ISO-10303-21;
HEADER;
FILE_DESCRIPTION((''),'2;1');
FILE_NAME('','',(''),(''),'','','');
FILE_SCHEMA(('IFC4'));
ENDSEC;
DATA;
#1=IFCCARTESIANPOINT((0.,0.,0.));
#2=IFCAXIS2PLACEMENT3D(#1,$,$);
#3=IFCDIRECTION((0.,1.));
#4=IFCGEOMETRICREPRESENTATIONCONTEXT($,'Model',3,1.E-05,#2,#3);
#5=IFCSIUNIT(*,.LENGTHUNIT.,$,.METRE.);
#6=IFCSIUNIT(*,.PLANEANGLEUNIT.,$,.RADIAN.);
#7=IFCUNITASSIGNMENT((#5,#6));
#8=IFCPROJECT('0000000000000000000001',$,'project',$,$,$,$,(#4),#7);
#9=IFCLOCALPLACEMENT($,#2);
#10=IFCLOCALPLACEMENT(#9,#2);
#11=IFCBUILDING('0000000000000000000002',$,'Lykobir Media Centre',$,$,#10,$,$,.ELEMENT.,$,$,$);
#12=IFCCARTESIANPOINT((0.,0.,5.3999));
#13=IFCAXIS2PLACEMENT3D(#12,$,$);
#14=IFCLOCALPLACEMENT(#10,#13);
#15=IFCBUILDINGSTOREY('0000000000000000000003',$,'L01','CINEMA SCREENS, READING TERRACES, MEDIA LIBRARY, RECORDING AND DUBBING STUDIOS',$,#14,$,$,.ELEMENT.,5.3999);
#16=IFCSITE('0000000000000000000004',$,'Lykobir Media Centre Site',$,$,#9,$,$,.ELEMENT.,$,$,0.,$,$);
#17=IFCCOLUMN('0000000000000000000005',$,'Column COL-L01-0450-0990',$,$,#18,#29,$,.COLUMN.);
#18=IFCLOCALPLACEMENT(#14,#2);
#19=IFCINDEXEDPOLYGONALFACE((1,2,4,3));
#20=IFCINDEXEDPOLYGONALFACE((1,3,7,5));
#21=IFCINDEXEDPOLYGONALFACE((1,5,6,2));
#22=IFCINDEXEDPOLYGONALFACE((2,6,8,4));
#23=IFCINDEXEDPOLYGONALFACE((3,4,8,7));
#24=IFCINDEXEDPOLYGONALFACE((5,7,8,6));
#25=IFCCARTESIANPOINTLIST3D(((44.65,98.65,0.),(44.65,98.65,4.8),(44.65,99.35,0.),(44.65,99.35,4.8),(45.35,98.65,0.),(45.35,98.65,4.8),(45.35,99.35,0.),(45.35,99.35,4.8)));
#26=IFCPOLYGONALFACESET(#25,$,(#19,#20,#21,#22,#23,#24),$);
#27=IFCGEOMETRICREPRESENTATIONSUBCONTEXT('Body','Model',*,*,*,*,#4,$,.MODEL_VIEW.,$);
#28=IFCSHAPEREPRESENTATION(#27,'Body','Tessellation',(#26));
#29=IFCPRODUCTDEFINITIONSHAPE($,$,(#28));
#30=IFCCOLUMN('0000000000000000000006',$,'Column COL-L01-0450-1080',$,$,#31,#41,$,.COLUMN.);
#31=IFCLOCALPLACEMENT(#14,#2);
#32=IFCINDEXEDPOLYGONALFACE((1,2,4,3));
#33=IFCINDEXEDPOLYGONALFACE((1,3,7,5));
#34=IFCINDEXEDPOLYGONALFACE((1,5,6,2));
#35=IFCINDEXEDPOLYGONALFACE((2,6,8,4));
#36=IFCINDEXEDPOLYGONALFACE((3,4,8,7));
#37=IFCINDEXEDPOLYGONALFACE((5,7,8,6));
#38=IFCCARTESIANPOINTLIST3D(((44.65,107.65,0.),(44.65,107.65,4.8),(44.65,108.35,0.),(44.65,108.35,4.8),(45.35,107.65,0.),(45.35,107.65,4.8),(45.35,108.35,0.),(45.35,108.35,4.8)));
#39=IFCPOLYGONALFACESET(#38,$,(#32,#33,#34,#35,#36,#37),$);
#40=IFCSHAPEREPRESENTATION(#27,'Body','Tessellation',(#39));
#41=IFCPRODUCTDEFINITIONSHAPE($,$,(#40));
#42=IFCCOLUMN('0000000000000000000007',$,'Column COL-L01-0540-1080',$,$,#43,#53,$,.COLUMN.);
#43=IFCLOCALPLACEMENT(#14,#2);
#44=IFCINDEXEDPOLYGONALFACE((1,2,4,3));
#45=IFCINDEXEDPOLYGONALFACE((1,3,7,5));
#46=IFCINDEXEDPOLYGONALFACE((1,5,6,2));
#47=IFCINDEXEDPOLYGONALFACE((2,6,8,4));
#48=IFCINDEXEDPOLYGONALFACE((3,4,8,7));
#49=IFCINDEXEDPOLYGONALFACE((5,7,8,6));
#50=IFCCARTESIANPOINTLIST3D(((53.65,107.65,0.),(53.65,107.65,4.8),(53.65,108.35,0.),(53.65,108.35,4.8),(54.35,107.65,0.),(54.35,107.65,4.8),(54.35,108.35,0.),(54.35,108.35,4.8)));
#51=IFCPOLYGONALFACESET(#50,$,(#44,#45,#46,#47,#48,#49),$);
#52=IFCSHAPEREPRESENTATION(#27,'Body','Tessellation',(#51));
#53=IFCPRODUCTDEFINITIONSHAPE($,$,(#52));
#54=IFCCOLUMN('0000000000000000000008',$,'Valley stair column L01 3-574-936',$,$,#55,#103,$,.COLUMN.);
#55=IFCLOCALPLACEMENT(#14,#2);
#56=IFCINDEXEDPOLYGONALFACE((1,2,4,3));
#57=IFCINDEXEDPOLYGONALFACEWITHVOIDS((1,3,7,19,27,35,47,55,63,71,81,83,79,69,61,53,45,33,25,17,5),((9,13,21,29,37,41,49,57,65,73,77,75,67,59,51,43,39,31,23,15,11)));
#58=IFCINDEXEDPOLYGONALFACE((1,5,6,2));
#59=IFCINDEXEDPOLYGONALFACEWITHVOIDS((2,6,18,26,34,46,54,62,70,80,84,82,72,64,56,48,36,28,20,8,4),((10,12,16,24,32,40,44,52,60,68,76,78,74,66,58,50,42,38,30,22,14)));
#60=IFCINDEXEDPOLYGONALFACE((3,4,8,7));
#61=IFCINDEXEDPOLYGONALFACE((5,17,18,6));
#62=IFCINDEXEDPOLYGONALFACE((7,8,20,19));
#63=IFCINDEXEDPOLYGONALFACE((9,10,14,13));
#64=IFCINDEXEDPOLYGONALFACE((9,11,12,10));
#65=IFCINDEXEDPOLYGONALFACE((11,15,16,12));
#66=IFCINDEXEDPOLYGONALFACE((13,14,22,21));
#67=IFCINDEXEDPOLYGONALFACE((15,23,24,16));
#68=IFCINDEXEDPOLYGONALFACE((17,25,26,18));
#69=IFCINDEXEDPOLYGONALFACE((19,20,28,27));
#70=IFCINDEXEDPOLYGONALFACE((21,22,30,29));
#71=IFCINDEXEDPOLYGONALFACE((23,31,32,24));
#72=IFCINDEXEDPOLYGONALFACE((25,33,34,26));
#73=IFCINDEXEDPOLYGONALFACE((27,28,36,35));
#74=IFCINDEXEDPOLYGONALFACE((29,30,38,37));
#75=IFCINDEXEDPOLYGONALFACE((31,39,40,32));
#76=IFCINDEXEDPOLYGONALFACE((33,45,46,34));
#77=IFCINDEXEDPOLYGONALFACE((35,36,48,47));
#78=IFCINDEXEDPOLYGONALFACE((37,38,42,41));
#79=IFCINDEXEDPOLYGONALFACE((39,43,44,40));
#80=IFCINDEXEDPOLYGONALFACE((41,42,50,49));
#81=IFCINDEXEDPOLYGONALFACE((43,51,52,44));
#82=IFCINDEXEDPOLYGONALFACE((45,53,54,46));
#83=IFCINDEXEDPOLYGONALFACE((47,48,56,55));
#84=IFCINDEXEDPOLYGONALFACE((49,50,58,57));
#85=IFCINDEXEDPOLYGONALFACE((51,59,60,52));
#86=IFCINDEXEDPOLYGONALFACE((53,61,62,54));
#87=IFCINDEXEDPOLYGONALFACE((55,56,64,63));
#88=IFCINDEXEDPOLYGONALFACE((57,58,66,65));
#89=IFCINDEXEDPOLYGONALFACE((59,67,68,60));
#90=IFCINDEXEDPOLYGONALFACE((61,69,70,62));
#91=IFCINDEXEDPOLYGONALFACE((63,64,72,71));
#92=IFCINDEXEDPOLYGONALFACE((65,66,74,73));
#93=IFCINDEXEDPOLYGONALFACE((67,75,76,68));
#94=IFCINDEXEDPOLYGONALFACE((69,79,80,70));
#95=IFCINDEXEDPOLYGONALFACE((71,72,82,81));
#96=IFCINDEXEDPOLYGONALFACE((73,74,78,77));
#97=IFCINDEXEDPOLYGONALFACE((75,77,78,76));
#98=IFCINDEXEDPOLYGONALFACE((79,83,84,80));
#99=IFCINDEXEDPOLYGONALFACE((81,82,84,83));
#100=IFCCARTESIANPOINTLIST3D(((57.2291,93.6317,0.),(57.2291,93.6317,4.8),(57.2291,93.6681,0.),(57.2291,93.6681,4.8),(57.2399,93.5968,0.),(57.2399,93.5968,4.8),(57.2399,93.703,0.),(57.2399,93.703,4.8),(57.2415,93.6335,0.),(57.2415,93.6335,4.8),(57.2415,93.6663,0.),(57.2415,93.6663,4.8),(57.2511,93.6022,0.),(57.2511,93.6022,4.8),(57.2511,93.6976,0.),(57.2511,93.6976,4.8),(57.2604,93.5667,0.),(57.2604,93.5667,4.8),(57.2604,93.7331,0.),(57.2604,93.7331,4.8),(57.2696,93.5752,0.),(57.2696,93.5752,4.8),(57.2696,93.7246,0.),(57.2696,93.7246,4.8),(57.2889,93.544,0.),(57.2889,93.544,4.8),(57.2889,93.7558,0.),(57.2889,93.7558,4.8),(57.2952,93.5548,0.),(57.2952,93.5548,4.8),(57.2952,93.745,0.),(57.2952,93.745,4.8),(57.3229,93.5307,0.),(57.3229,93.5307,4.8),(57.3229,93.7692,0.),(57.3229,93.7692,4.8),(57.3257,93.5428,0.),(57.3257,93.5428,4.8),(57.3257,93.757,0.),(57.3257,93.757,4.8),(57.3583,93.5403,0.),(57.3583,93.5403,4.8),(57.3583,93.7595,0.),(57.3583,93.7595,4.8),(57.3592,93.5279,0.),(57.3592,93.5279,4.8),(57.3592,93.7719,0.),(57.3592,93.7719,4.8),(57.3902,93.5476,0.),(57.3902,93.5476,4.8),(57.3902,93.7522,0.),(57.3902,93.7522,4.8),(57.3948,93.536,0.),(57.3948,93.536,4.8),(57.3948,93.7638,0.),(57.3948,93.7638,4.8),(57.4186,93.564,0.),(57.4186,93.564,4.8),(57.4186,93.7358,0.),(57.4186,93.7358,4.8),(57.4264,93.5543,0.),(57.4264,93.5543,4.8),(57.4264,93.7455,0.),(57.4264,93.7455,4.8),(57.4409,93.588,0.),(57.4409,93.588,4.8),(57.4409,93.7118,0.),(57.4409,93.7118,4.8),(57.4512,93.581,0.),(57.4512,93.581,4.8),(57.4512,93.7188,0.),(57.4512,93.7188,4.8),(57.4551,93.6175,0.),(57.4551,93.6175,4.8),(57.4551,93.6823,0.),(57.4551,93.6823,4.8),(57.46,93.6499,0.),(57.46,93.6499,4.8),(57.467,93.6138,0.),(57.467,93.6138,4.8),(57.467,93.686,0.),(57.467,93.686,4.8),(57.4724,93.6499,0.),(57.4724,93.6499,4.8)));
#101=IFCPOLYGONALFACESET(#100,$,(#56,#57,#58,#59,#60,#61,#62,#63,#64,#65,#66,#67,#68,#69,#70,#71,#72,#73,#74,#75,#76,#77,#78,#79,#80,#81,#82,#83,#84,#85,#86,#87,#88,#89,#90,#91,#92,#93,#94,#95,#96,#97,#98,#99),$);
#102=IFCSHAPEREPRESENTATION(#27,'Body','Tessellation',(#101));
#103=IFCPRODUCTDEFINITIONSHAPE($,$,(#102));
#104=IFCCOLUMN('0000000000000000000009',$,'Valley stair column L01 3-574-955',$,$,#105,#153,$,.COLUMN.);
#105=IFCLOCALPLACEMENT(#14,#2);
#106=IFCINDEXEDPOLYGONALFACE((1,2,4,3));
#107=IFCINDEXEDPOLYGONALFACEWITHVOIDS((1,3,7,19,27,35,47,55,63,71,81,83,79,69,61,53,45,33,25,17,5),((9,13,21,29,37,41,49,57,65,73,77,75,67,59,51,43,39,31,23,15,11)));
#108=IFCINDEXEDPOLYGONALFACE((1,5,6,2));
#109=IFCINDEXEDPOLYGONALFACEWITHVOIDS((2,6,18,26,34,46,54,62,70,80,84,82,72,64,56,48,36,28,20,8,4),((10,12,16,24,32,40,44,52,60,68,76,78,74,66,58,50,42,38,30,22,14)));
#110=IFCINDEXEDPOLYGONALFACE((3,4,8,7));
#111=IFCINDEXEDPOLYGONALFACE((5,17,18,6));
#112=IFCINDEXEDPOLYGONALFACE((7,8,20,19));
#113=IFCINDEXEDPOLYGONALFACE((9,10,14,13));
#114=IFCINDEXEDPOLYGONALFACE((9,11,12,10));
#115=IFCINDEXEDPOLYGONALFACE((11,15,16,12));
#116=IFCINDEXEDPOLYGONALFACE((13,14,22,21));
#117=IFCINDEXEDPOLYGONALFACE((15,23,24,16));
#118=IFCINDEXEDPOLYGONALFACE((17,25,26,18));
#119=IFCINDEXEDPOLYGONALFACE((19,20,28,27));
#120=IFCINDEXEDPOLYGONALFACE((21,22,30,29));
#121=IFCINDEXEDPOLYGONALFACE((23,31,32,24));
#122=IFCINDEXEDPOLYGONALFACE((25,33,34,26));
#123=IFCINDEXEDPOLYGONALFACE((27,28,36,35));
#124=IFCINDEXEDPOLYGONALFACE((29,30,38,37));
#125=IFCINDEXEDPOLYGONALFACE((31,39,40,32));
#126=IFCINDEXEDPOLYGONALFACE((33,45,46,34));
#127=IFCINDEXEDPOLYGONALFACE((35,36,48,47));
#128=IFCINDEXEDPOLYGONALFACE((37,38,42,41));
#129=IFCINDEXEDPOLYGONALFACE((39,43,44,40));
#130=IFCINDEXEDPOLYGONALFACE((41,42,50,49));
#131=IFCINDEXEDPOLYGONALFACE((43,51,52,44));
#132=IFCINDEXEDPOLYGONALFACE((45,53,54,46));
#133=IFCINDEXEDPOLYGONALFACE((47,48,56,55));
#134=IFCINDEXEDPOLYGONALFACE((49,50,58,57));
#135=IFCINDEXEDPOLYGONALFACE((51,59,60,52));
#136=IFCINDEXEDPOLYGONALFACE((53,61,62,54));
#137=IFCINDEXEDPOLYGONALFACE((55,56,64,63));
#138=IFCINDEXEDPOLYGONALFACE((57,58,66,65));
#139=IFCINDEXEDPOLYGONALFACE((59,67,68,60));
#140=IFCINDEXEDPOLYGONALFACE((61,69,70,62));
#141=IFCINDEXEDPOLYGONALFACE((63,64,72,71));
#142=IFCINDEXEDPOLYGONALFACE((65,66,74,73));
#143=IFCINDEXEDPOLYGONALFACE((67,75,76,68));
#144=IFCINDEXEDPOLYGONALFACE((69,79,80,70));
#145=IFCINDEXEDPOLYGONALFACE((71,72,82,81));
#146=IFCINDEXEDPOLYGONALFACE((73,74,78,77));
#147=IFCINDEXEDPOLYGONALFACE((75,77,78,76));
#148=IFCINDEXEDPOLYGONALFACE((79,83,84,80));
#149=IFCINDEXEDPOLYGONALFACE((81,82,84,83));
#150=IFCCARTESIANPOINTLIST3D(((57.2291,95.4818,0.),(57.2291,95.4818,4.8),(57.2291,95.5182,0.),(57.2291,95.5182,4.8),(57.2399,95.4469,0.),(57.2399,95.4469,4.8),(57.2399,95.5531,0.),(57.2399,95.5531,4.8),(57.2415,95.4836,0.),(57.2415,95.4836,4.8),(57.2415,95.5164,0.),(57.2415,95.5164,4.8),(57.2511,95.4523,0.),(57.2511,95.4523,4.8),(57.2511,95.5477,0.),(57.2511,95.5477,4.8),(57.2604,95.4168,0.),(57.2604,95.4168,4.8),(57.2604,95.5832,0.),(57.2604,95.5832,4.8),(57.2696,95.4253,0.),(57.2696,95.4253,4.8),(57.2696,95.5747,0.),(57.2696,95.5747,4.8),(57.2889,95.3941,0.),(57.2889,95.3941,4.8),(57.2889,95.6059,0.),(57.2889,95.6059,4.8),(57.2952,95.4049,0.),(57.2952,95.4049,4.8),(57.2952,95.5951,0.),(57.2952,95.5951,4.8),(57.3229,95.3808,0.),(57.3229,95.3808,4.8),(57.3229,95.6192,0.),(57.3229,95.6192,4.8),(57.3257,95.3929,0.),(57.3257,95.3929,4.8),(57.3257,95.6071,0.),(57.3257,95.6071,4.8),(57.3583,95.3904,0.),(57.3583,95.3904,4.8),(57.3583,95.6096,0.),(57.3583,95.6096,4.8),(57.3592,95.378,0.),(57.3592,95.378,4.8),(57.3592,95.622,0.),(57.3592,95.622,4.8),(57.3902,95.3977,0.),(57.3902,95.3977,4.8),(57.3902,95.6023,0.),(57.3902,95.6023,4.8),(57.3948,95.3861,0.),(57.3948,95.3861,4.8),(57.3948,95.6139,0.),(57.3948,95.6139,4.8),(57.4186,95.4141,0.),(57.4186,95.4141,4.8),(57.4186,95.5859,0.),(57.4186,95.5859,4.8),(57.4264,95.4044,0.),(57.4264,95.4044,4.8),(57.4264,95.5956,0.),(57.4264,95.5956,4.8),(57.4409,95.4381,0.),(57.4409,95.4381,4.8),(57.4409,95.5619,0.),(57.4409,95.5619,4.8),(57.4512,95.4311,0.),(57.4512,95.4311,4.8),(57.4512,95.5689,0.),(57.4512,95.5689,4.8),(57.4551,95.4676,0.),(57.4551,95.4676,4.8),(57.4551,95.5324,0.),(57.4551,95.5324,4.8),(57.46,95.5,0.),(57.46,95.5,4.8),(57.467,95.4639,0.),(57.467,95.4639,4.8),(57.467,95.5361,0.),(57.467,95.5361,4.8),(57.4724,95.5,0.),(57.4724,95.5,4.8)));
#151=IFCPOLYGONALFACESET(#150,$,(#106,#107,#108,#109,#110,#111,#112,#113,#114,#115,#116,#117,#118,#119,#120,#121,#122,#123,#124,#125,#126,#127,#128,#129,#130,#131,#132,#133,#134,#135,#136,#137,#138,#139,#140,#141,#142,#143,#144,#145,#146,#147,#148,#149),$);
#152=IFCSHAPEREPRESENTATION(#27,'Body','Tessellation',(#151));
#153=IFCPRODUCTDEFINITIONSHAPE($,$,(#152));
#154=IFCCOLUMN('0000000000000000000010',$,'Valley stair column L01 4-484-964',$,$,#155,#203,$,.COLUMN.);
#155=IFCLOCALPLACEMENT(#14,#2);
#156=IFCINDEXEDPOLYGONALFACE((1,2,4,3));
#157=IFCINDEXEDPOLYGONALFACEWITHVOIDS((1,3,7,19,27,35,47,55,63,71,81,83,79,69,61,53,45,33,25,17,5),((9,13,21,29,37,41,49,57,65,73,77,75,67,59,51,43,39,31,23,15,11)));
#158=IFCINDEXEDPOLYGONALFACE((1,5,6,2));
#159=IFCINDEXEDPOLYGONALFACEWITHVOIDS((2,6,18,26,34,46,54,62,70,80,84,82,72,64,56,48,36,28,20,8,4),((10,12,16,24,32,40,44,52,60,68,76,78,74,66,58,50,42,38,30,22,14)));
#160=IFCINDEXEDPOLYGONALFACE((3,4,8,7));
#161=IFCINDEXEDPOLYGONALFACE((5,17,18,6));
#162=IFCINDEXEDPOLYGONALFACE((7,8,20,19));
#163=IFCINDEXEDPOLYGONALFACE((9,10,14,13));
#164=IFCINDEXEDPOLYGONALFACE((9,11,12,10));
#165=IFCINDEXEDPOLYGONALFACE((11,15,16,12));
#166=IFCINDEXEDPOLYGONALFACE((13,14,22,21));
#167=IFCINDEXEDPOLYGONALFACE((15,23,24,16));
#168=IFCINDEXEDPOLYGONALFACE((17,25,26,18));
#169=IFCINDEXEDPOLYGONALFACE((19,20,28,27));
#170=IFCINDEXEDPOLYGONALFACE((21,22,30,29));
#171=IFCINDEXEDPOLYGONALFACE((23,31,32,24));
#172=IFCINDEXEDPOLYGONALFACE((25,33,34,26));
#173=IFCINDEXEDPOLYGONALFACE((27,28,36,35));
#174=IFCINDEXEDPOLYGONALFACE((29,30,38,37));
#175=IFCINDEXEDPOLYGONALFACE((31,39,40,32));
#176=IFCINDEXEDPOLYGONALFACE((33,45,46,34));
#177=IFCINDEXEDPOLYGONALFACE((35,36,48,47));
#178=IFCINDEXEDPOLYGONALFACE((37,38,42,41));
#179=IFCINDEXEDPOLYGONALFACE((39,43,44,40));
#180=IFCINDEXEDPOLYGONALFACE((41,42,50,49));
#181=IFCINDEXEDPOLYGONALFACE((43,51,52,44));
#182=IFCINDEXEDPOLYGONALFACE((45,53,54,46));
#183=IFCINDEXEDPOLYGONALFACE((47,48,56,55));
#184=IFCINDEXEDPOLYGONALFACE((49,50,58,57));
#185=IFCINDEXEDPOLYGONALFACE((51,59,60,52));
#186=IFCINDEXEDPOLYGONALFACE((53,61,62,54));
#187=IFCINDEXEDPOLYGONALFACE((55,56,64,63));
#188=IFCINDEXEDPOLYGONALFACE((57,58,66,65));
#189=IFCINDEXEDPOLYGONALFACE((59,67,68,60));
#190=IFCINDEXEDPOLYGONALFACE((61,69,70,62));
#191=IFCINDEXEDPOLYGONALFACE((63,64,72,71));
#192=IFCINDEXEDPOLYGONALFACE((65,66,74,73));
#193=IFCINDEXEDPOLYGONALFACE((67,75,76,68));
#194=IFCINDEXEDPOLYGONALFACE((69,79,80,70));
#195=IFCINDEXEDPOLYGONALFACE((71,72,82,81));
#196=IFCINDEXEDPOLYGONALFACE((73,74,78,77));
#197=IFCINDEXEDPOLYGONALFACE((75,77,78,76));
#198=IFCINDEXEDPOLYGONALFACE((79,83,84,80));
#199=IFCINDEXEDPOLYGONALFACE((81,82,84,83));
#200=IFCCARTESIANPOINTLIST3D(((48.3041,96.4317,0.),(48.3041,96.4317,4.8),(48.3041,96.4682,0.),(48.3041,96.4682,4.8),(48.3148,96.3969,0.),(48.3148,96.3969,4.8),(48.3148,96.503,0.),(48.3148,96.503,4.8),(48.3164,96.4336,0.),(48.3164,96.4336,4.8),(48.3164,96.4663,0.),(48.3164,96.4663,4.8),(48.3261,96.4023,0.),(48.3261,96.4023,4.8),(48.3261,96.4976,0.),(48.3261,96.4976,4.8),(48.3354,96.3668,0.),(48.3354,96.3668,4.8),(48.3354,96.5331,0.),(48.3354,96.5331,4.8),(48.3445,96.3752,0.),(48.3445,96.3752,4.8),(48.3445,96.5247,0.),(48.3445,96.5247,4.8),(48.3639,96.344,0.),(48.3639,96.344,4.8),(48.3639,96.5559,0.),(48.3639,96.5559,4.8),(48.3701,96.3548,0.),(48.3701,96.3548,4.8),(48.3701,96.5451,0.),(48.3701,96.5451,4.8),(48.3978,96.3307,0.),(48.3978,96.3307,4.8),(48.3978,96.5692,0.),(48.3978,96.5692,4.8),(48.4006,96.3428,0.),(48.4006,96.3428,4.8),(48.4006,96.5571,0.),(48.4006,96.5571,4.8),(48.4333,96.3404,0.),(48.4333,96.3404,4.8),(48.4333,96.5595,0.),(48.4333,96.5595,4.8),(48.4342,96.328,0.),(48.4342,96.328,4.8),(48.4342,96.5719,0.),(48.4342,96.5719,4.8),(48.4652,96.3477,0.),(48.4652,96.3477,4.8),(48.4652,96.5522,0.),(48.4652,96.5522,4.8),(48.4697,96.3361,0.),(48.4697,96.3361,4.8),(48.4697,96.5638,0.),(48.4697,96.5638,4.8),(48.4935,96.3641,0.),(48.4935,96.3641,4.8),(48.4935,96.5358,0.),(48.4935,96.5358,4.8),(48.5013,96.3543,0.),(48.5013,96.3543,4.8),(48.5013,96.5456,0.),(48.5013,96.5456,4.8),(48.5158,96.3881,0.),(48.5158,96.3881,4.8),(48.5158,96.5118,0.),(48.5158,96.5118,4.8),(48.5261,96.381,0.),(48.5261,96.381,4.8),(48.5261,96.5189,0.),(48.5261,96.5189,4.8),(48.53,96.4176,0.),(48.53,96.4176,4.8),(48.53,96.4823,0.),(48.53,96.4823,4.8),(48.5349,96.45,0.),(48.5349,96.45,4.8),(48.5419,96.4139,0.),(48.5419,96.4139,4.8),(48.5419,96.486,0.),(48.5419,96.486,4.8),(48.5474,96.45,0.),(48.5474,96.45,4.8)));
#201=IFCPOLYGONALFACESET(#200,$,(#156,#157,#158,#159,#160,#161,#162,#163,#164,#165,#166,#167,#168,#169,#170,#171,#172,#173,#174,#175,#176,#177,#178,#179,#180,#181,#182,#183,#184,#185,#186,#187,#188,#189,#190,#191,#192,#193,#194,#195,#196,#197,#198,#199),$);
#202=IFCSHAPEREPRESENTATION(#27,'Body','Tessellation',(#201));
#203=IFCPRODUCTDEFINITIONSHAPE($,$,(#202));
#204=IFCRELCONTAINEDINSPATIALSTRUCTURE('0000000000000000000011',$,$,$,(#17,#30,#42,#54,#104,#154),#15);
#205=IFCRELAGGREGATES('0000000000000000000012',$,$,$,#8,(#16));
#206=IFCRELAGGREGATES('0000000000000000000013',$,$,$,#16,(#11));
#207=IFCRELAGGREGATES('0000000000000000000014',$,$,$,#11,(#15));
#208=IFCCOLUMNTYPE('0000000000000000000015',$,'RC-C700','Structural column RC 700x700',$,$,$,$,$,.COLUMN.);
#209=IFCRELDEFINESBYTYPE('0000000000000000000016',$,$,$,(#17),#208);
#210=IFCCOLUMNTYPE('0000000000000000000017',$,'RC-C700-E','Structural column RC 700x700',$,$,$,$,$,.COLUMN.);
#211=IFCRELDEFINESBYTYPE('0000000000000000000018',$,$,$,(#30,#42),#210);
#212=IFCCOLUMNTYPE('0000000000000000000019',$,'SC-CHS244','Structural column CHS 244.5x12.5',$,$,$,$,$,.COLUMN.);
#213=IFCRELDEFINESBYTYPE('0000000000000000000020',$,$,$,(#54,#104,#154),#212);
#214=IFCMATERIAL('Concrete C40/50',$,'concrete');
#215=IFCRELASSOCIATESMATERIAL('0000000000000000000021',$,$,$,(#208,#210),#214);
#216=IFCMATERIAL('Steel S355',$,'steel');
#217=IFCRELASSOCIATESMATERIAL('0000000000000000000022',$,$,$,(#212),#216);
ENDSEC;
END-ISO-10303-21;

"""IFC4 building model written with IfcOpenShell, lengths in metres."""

from ifc_helpers import new_model, si_unit, direction, frame, origin, origin_2d, place, context, subcontext, project, spatial, rectangle, hollow_circle, extrude, material, material_profile, profile_set, type_object, element, save


model = new_model("IFC4")

# Units and contexts
model_context = context("Model", 3, precision=1e-05, world=origin(), true_north=direction((0.0, 1.0)))
body_context = subcontext(model_context, "Body", "Model", "MODEL_VIEW")
ifc_project = project(units=[si_unit("LENGTHUNIT", "METRE"), si_unit("PLANEANGLEUNIT", "RADIAN")], contexts=[model_context])

# Site, building, storey
site_placement = place(None, origin())
site = spatial("IfcSite", under=ifc_project, at=site_placement, Name="Lykobir Media Centre Site", CompositionType="ELEMENT", RefElevation=0.0)
building_placement = place(site_placement, origin())
building = spatial("IfcBuilding", under=site, at=building_placement, Name="Lykobir Media Centre", CompositionType="ELEMENT")
storey_placement = place(building_placement, frame((0.0, 0.0, 5.3999)))
storey = spatial("IfcBuildingStorey", under=building, at=storey_placement, Name="L01", Description="CINEMA SCREENS, READING TERRACES, MEDIA LIBRARY, RECORDING AND DUBBING STUDIOS", CompositionType="ELEMENT", Elevation=5.3999)

# Columns
ifc_material_1 = material(Name="Concrete C40/50", Category="concrete")
ifc_material_profile_1 = material_profile(ifc_material_1, rectangle(XDim=0.7, YDim=0.7, at=origin_2d()), Name="RC 700x700")
ifc_profile_set_1 = profile_set([ifc_material_profile_1], Name="Concrete C40/50")
column_type_1 = type_object("IfcColumnType", Name="RC-C700", Description="Structural column RC 700x700", PredefinedType="COLUMN", material=ifc_profile_set_1)
column_1_placement = place(storey_placement, frame((45.0, 99.0, 0.0), z_axis=(0.0, 0.0, 1.0), x_axis=(1.0, 0.0, 0.0)))
element("IfcColumn", 1, at=column_1_placement, inside=storey, type_object=column_type_1, Name="Column COL-L01-0450-0990", PredefinedType="COLUMN", context=body_context, shape_type="SweptSolid", body=[
    extrude(rectangle(XDim=0.7, YDim=0.7, at=origin_2d()), origin(), (0.0, 0.0, 1.0), 4.8),
])
ifc_material_profile_2 = material_profile(ifc_material_1, rectangle(XDim=0.7, YDim=0.7, at=origin_2d()), Name="RC 700x700")
ifc_profile_set_2 = profile_set([ifc_material_profile_2], Name="Concrete C40/50")
column_type_2 = type_object("IfcColumnType", Name="RC-C700-E", Description="Structural column RC 700x700", PredefinedType="COLUMN", material=ifc_profile_set_2)
for number, where, z_axis, x_axis, name in (
    (2, (45.0, 108.0, 0.0), (0.0, 0.0, 1.0), (1.0, 0.0, 0.0), "Column COL-L01-0450-1080"),
    (3, (54.0, 108.0, 0.0), (0.0, 0.0, 1.0), (1.0, 0.0, 0.0), "Column COL-L01-0540-1080"),
):
    element("IfcColumn", number, at=place(storey_placement, frame(where, z_axis=z_axis, x_axis=x_axis)), inside=storey, type_object=column_type_2, Name=name, PredefinedType="COLUMN", context=body_context, shape_type="SweptSolid", body=[
        extrude(rectangle(XDim=0.7, YDim=0.7, at=origin_2d()), origin(), (0.0, 0.0, 1.0), 4.8),
    ])
ifc_material_2 = material(Name="Steel S355", Category="steel")
ifc_material_profile_3 = material_profile(ifc_material_2, hollow_circle(Radius=0.1223, WallThickness=0.0125, at=origin_2d()), Name="CHS 244.5x12.5")
ifc_profile_set_3 = profile_set([ifc_material_profile_3], Name="Steel S355")
column_type_3 = type_object("IfcColumnType", Name="SC-CHS244", Description="Structural column CHS 244.5x12.5", PredefinedType="COLUMN", material=ifc_profile_set_3)
for number, where, z_axis, x_axis, name in (
    (4, (57.3501, 93.6499, 0.0), (0.0, 0.0, 1.0), (1.0, 0.0, 0.0), "Valley stair column L01 3-574-936"),
    (5, (57.3501, 95.5, 0.0), (0.0, 0.0, 1.0), (1.0, 0.0, 0.0), "Valley stair column L01 3-574-955"),
    (6, (48.425, 96.45, 0.0), (0.0, 0.0, 1.0), (1.0, 0.0, 0.0), "Valley stair column L01 4-484-964"),
):
    element("IfcColumn", number, at=place(storey_placement, frame(where, z_axis=z_axis, x_axis=x_axis)), inside=storey, type_object=column_type_3, Name=name, PredefinedType="COLUMN", context=body_context, shape_type="SweptSolid", body=[
        extrude(hollow_circle(Radius=0.1223, WallThickness=0.0125, at=origin_2d()), origin(), (0.0, 0.0, 1.0), 4.8),
    ])

save(model, "model.ifc")
